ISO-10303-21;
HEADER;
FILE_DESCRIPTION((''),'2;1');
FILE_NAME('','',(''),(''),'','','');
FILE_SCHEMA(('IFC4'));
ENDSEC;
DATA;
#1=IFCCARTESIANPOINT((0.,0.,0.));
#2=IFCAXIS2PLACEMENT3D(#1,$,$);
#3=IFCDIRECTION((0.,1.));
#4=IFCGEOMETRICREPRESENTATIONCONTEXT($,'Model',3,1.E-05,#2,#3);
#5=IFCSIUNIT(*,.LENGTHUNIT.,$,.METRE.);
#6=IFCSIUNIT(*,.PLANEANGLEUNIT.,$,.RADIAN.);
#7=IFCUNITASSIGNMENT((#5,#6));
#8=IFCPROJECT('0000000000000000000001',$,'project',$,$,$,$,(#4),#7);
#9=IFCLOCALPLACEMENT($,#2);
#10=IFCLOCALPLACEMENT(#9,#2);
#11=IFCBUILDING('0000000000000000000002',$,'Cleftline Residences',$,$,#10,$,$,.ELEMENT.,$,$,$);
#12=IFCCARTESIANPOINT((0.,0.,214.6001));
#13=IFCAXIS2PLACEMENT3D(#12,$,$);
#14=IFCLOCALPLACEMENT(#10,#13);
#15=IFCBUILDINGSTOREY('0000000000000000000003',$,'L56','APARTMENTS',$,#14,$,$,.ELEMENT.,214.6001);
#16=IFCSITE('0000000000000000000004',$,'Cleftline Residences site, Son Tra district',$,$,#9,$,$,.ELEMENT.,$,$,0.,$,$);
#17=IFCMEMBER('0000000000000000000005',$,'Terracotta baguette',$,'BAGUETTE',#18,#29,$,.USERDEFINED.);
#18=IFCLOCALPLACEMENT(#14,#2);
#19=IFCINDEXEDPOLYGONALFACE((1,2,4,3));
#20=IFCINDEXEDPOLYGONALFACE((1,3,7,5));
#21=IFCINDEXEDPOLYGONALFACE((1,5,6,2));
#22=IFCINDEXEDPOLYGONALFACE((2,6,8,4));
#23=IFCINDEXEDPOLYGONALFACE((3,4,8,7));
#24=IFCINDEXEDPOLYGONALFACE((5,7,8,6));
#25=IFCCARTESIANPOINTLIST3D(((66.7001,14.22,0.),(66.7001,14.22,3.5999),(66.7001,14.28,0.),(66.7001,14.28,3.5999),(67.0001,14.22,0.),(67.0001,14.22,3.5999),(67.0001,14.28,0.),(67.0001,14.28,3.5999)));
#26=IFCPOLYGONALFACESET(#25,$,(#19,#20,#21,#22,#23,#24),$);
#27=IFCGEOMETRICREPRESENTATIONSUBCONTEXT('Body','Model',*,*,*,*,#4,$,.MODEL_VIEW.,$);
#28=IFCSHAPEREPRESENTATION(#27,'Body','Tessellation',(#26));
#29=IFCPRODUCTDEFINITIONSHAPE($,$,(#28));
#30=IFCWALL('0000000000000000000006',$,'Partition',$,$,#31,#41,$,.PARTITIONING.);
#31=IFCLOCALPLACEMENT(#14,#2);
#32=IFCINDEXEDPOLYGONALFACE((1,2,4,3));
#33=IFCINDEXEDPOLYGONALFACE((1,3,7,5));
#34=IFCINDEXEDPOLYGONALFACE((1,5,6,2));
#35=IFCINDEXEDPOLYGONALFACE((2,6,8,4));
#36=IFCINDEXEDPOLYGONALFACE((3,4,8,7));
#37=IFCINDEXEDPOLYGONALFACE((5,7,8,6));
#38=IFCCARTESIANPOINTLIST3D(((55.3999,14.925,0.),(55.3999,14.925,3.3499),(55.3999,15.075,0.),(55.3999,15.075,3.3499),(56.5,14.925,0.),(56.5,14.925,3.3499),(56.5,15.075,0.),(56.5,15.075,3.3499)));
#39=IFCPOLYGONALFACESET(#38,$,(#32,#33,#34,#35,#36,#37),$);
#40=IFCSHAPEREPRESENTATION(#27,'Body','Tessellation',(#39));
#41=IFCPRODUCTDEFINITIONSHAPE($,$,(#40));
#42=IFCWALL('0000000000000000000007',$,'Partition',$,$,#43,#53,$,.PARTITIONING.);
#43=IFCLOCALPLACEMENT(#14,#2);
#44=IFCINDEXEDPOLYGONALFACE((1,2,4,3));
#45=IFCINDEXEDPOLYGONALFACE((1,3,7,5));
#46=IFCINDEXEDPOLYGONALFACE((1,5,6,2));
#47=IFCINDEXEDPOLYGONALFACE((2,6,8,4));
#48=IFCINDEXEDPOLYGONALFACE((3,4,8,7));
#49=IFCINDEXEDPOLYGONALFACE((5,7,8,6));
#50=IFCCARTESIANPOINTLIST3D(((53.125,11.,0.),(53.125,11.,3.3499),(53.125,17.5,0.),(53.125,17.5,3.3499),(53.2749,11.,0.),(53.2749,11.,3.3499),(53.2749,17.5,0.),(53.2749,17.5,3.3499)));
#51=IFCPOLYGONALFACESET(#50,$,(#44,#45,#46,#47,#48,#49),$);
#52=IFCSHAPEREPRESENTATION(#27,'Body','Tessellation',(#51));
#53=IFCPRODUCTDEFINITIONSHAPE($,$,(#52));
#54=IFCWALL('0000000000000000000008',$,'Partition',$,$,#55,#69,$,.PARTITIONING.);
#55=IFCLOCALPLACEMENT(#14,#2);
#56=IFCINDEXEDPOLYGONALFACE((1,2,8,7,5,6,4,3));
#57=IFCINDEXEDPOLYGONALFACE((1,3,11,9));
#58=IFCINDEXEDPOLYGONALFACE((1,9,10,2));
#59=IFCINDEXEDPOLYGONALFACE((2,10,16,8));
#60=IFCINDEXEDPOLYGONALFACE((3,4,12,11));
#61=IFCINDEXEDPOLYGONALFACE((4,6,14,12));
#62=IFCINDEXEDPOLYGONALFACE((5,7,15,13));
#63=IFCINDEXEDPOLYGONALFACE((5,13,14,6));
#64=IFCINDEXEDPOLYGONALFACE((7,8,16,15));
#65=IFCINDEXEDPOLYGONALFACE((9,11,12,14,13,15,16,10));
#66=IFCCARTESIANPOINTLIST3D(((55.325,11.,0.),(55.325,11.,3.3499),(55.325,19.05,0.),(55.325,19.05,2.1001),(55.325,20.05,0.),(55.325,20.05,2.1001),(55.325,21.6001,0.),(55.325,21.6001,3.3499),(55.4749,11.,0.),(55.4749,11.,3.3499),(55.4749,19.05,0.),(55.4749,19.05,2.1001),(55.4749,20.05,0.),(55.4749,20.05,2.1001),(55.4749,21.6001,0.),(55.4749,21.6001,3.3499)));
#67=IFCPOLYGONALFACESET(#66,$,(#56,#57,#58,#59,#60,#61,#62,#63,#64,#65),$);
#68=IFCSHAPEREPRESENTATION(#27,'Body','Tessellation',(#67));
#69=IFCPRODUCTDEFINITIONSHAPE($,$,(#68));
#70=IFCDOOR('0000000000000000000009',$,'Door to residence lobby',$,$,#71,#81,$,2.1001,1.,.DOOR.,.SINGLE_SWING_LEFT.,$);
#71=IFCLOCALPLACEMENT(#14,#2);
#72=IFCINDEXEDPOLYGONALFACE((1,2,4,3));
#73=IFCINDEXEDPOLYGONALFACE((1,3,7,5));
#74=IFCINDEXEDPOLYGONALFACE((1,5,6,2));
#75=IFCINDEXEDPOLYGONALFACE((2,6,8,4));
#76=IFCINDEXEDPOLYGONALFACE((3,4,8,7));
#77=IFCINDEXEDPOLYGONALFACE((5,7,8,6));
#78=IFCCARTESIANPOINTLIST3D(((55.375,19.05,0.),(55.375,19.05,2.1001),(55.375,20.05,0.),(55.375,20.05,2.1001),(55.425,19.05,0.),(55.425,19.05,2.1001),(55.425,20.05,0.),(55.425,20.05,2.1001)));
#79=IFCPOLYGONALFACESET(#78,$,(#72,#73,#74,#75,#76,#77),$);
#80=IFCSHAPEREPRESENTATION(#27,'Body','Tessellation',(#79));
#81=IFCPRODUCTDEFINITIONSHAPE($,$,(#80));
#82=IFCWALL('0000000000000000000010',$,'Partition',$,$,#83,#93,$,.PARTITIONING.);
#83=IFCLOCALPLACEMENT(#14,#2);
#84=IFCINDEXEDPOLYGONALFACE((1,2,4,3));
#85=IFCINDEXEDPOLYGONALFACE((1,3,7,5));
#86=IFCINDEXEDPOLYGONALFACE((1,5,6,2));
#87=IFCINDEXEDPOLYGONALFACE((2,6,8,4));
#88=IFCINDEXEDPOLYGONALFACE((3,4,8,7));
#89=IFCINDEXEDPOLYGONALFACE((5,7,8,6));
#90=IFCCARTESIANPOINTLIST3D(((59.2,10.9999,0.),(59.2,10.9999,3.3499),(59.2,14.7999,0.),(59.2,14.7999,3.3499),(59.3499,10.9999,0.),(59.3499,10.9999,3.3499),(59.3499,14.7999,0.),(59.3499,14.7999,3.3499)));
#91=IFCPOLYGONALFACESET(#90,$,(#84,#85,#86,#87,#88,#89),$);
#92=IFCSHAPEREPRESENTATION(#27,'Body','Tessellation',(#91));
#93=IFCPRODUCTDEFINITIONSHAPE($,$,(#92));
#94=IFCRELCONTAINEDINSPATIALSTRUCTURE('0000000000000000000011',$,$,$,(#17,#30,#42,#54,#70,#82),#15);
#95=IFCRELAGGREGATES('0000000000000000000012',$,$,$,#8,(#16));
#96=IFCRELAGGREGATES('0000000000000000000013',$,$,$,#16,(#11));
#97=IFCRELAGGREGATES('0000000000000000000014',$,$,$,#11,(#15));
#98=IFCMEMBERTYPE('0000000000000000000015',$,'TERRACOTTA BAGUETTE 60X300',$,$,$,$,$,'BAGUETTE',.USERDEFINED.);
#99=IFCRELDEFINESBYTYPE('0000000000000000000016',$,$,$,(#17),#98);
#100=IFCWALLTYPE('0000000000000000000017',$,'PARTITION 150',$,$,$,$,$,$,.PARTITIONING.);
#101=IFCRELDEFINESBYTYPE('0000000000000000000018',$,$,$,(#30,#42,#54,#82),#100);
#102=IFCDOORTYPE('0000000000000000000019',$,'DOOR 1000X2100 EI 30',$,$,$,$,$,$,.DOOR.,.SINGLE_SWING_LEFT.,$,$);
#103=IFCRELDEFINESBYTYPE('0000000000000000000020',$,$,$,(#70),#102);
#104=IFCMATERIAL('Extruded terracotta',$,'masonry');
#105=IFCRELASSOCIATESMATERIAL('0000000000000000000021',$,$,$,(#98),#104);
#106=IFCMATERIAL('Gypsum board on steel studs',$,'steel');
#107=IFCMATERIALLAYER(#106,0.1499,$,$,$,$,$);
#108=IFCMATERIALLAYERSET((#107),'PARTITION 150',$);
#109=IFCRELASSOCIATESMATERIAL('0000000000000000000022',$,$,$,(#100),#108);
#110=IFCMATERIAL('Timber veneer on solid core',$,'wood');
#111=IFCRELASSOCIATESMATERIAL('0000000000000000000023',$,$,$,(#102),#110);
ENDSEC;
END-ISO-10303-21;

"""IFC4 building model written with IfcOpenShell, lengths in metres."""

from ifc_helpers import new_model, si_unit, direction, frame, frame_2d, origin, origin_2d, place, context, subcontext, project, spatial, rectangle, extrude, material, layer, layer_set, material_profile, profile_set, type_object, element, fill, save


model = new_model("IFC4")

# Units and contexts
model_context = context("Model", 3, precision=1e-05, world=origin(), true_north=direction((0.0, 1.0)))
body_context = subcontext(model_context, "Body", "Model", "MODEL_VIEW")
ifc_project = project(units=[si_unit("LENGTHUNIT", "METRE"), si_unit("PLANEANGLEUNIT", "RADIAN")], contexts=[model_context])

# Site, building, storey
site_placement = place(None, origin())
site = spatial("IfcSite", under=ifc_project, at=site_placement, Name="Cleftline Residences site, Son Tra district", CompositionType="ELEMENT", RefElevation=0.0)
building_placement = place(site_placement, origin())
building = spatial("IfcBuilding", under=site, at=building_placement, Name="Cleftline Residences", CompositionType="ELEMENT")
storey_placement = place(building_placement, frame((0.0, 0.0, 214.6001)))
storey = spatial("IfcBuildingStorey", under=building, at=storey_placement, Name="L56", Description="APARTMENTS", CompositionType="ELEMENT", Elevation=214.6001)

# Member
ifc_material_1 = material(Name="Extruded terracotta", Category="masonry")
ifc_material_profile_1 = material_profile(ifc_material_1, rectangle(XDim=0.0601, YDim=0.3, at=origin_2d()))
ifc_profile_set_1 = profile_set([ifc_material_profile_1], Name="Extruded terracotta")
member_type_1 = type_object("IfcMemberType", Name="TERRACOTTA BAGUETTE 60X300", ElementType="BAGUETTE", PredefinedType="USERDEFINED", material=ifc_profile_set_1)
for number, where, z_axis, x_axis, name in (
    (1, (66.8501, 14.25, 0.0), (0.0, 0.0, 1.0), (0.0, 1.0, 0.0), "Terracotta baguette"),
):
    element("IfcMember", number, at=place(storey_placement, frame(where, z_axis=z_axis, x_axis=x_axis)), inside=storey, type_object=member_type_1, Name=name, ObjectType="BAGUETTE", PredefinedType="USERDEFINED", context=body_context, shape_type="SweptSolid", body=[
        extrude(rectangle(XDim=0.0601, YDim=0.3, at=origin_2d()), origin(), (0.0, 0.0, 1.0), 3.5999),
    ])

# Walls
ifc_material_2 = material(Name="Gypsum board on steel studs", Category="steel")
ifc_layer = layer(ifc_material_2, 0.1499)
ifc_layer_set = layer_set([ifc_layer], Name="PARTITION 150")
wall_type = type_object("IfcWallType", Name="PARTITION 150", PredefinedType="PARTITIONING", material=ifc_layer_set)
wall_1_placement = place(storey_placement, frame((55.3999, 15.0, 0.0), z_axis=(0.0, 0.0, 1.0), x_axis=(1.0, 0.0, 0.0)))
element("IfcWall", 2, at=wall_1_placement, inside=storey, type_object=wall_type, Name="Partition", PredefinedType="PARTITIONING", context=body_context, shape_type="SweptSolid", body=[
    extrude(rectangle(XDim=1.1001, YDim=0.1499, at=frame_2d((0.55, 0.0))), origin(), (0.0, 0.0, 1.0), 3.3499),
])
wall_2_placement = place(storey_placement, frame((53.2, 11.0, 0.0), z_axis=(0.0, 0.0, 1.0), x_axis=(0.0, 1.0, 0.0)))
element("IfcWall", 3, at=wall_2_placement, inside=storey, type_object=wall_type, Name="Partition", PredefinedType="PARTITIONING", context=body_context, shape_type="SweptSolid", body=[
    extrude(rectangle(XDim=6.5, YDim=0.1499, at=frame_2d((3.25, 0.0))), origin(), (0.0, 0.0, 1.0), 3.3499),
])

# Wall, opening, door
wall_3_placement = place(storey_placement, frame((55.3999, 11.0, 0.0), z_axis=(0.0, 0.0, 1.0), x_axis=(0.0, 1.0, 0.0)))
wall_3 = element("IfcWall", 4, at=wall_3_placement, inside=storey, type_object=wall_type, Name="Partition", PredefinedType="PARTITIONING", context=body_context, shape_type="SweptSolid", body=[
    extrude(rectangle(XDim=10.6001, YDim=0.1499, at=frame_2d((5.3, 0.0))), origin(), (0.0, 0.0, 1.0), 3.3499),
])
opening_placement = place(wall_3_placement, frame((8.05, 0.0, 0.0)))
opening = element("IfcOpeningElement", 5, at=opening_placement, cuts=wall_3, PredefinedType="OPENING", context=body_context, shape_type="SweptSolid", body=[
    extrude(rectangle(XDim=1.0, YDim=2.1001, at=frame_2d((0.5, 1.05))), frame((0.0, 0.085, 0.0), z_axis=(0.0, -1.0, 0.0), x_axis=(1.0, 0.0, 0.0)), (0.0, 0.0, 1.0), 0.1699),
])
ifc_material_3 = material(Name="Timber veneer on solid core", Category="wood")
door_type = type_object("IfcDoorType", Name="DOOR 1000X2100 EI 30", OperationType="SINGLE_SWING_LEFT", PredefinedType="DOOR", material=ifc_material_3)
door_placement = place(opening_placement, origin())
door = element("IfcDoor", 6, at=door_placement, inside=storey, type_object=door_type, Name="Door to residence lobby", OperationType="SINGLE_SWING_LEFT", OverallHeight=2.1001, OverallWidth=1.0, PredefinedType="DOOR", context=body_context, shape_type="SweptSolid", body=[
    extrude(rectangle(XDim=1.0, YDim=2.1001, at=frame_2d((0.5, 1.05))), frame((0.0, 0.0249, 0.0), z_axis=(0.0, -1.0, 0.0), x_axis=(1.0, 0.0, 0.0)), (0.0, 0.0, 1.0), 0.05),
])
fill(opening, door)

# Wall
wall_4_placement = place(storey_placement, frame((59.2749, 11.0, 0.0), z_axis=(0.0, 0.0, 1.0), x_axis=(0.0, 1.0, 0.0)))
element("IfcWall", 7, at=wall_4_placement, inside=storey, type_object=wall_type, Name="Partition", PredefinedType="PARTITIONING", context=body_context, shape_type="SweptSolid", body=[
    extrude(rectangle(XDim=3.8, YDim=0.1499, at=frame_2d((1.8999, 0.0))), origin(), (0.0, 0.0, 1.0), 3.3499),
])

save(model, "model.ifc")
